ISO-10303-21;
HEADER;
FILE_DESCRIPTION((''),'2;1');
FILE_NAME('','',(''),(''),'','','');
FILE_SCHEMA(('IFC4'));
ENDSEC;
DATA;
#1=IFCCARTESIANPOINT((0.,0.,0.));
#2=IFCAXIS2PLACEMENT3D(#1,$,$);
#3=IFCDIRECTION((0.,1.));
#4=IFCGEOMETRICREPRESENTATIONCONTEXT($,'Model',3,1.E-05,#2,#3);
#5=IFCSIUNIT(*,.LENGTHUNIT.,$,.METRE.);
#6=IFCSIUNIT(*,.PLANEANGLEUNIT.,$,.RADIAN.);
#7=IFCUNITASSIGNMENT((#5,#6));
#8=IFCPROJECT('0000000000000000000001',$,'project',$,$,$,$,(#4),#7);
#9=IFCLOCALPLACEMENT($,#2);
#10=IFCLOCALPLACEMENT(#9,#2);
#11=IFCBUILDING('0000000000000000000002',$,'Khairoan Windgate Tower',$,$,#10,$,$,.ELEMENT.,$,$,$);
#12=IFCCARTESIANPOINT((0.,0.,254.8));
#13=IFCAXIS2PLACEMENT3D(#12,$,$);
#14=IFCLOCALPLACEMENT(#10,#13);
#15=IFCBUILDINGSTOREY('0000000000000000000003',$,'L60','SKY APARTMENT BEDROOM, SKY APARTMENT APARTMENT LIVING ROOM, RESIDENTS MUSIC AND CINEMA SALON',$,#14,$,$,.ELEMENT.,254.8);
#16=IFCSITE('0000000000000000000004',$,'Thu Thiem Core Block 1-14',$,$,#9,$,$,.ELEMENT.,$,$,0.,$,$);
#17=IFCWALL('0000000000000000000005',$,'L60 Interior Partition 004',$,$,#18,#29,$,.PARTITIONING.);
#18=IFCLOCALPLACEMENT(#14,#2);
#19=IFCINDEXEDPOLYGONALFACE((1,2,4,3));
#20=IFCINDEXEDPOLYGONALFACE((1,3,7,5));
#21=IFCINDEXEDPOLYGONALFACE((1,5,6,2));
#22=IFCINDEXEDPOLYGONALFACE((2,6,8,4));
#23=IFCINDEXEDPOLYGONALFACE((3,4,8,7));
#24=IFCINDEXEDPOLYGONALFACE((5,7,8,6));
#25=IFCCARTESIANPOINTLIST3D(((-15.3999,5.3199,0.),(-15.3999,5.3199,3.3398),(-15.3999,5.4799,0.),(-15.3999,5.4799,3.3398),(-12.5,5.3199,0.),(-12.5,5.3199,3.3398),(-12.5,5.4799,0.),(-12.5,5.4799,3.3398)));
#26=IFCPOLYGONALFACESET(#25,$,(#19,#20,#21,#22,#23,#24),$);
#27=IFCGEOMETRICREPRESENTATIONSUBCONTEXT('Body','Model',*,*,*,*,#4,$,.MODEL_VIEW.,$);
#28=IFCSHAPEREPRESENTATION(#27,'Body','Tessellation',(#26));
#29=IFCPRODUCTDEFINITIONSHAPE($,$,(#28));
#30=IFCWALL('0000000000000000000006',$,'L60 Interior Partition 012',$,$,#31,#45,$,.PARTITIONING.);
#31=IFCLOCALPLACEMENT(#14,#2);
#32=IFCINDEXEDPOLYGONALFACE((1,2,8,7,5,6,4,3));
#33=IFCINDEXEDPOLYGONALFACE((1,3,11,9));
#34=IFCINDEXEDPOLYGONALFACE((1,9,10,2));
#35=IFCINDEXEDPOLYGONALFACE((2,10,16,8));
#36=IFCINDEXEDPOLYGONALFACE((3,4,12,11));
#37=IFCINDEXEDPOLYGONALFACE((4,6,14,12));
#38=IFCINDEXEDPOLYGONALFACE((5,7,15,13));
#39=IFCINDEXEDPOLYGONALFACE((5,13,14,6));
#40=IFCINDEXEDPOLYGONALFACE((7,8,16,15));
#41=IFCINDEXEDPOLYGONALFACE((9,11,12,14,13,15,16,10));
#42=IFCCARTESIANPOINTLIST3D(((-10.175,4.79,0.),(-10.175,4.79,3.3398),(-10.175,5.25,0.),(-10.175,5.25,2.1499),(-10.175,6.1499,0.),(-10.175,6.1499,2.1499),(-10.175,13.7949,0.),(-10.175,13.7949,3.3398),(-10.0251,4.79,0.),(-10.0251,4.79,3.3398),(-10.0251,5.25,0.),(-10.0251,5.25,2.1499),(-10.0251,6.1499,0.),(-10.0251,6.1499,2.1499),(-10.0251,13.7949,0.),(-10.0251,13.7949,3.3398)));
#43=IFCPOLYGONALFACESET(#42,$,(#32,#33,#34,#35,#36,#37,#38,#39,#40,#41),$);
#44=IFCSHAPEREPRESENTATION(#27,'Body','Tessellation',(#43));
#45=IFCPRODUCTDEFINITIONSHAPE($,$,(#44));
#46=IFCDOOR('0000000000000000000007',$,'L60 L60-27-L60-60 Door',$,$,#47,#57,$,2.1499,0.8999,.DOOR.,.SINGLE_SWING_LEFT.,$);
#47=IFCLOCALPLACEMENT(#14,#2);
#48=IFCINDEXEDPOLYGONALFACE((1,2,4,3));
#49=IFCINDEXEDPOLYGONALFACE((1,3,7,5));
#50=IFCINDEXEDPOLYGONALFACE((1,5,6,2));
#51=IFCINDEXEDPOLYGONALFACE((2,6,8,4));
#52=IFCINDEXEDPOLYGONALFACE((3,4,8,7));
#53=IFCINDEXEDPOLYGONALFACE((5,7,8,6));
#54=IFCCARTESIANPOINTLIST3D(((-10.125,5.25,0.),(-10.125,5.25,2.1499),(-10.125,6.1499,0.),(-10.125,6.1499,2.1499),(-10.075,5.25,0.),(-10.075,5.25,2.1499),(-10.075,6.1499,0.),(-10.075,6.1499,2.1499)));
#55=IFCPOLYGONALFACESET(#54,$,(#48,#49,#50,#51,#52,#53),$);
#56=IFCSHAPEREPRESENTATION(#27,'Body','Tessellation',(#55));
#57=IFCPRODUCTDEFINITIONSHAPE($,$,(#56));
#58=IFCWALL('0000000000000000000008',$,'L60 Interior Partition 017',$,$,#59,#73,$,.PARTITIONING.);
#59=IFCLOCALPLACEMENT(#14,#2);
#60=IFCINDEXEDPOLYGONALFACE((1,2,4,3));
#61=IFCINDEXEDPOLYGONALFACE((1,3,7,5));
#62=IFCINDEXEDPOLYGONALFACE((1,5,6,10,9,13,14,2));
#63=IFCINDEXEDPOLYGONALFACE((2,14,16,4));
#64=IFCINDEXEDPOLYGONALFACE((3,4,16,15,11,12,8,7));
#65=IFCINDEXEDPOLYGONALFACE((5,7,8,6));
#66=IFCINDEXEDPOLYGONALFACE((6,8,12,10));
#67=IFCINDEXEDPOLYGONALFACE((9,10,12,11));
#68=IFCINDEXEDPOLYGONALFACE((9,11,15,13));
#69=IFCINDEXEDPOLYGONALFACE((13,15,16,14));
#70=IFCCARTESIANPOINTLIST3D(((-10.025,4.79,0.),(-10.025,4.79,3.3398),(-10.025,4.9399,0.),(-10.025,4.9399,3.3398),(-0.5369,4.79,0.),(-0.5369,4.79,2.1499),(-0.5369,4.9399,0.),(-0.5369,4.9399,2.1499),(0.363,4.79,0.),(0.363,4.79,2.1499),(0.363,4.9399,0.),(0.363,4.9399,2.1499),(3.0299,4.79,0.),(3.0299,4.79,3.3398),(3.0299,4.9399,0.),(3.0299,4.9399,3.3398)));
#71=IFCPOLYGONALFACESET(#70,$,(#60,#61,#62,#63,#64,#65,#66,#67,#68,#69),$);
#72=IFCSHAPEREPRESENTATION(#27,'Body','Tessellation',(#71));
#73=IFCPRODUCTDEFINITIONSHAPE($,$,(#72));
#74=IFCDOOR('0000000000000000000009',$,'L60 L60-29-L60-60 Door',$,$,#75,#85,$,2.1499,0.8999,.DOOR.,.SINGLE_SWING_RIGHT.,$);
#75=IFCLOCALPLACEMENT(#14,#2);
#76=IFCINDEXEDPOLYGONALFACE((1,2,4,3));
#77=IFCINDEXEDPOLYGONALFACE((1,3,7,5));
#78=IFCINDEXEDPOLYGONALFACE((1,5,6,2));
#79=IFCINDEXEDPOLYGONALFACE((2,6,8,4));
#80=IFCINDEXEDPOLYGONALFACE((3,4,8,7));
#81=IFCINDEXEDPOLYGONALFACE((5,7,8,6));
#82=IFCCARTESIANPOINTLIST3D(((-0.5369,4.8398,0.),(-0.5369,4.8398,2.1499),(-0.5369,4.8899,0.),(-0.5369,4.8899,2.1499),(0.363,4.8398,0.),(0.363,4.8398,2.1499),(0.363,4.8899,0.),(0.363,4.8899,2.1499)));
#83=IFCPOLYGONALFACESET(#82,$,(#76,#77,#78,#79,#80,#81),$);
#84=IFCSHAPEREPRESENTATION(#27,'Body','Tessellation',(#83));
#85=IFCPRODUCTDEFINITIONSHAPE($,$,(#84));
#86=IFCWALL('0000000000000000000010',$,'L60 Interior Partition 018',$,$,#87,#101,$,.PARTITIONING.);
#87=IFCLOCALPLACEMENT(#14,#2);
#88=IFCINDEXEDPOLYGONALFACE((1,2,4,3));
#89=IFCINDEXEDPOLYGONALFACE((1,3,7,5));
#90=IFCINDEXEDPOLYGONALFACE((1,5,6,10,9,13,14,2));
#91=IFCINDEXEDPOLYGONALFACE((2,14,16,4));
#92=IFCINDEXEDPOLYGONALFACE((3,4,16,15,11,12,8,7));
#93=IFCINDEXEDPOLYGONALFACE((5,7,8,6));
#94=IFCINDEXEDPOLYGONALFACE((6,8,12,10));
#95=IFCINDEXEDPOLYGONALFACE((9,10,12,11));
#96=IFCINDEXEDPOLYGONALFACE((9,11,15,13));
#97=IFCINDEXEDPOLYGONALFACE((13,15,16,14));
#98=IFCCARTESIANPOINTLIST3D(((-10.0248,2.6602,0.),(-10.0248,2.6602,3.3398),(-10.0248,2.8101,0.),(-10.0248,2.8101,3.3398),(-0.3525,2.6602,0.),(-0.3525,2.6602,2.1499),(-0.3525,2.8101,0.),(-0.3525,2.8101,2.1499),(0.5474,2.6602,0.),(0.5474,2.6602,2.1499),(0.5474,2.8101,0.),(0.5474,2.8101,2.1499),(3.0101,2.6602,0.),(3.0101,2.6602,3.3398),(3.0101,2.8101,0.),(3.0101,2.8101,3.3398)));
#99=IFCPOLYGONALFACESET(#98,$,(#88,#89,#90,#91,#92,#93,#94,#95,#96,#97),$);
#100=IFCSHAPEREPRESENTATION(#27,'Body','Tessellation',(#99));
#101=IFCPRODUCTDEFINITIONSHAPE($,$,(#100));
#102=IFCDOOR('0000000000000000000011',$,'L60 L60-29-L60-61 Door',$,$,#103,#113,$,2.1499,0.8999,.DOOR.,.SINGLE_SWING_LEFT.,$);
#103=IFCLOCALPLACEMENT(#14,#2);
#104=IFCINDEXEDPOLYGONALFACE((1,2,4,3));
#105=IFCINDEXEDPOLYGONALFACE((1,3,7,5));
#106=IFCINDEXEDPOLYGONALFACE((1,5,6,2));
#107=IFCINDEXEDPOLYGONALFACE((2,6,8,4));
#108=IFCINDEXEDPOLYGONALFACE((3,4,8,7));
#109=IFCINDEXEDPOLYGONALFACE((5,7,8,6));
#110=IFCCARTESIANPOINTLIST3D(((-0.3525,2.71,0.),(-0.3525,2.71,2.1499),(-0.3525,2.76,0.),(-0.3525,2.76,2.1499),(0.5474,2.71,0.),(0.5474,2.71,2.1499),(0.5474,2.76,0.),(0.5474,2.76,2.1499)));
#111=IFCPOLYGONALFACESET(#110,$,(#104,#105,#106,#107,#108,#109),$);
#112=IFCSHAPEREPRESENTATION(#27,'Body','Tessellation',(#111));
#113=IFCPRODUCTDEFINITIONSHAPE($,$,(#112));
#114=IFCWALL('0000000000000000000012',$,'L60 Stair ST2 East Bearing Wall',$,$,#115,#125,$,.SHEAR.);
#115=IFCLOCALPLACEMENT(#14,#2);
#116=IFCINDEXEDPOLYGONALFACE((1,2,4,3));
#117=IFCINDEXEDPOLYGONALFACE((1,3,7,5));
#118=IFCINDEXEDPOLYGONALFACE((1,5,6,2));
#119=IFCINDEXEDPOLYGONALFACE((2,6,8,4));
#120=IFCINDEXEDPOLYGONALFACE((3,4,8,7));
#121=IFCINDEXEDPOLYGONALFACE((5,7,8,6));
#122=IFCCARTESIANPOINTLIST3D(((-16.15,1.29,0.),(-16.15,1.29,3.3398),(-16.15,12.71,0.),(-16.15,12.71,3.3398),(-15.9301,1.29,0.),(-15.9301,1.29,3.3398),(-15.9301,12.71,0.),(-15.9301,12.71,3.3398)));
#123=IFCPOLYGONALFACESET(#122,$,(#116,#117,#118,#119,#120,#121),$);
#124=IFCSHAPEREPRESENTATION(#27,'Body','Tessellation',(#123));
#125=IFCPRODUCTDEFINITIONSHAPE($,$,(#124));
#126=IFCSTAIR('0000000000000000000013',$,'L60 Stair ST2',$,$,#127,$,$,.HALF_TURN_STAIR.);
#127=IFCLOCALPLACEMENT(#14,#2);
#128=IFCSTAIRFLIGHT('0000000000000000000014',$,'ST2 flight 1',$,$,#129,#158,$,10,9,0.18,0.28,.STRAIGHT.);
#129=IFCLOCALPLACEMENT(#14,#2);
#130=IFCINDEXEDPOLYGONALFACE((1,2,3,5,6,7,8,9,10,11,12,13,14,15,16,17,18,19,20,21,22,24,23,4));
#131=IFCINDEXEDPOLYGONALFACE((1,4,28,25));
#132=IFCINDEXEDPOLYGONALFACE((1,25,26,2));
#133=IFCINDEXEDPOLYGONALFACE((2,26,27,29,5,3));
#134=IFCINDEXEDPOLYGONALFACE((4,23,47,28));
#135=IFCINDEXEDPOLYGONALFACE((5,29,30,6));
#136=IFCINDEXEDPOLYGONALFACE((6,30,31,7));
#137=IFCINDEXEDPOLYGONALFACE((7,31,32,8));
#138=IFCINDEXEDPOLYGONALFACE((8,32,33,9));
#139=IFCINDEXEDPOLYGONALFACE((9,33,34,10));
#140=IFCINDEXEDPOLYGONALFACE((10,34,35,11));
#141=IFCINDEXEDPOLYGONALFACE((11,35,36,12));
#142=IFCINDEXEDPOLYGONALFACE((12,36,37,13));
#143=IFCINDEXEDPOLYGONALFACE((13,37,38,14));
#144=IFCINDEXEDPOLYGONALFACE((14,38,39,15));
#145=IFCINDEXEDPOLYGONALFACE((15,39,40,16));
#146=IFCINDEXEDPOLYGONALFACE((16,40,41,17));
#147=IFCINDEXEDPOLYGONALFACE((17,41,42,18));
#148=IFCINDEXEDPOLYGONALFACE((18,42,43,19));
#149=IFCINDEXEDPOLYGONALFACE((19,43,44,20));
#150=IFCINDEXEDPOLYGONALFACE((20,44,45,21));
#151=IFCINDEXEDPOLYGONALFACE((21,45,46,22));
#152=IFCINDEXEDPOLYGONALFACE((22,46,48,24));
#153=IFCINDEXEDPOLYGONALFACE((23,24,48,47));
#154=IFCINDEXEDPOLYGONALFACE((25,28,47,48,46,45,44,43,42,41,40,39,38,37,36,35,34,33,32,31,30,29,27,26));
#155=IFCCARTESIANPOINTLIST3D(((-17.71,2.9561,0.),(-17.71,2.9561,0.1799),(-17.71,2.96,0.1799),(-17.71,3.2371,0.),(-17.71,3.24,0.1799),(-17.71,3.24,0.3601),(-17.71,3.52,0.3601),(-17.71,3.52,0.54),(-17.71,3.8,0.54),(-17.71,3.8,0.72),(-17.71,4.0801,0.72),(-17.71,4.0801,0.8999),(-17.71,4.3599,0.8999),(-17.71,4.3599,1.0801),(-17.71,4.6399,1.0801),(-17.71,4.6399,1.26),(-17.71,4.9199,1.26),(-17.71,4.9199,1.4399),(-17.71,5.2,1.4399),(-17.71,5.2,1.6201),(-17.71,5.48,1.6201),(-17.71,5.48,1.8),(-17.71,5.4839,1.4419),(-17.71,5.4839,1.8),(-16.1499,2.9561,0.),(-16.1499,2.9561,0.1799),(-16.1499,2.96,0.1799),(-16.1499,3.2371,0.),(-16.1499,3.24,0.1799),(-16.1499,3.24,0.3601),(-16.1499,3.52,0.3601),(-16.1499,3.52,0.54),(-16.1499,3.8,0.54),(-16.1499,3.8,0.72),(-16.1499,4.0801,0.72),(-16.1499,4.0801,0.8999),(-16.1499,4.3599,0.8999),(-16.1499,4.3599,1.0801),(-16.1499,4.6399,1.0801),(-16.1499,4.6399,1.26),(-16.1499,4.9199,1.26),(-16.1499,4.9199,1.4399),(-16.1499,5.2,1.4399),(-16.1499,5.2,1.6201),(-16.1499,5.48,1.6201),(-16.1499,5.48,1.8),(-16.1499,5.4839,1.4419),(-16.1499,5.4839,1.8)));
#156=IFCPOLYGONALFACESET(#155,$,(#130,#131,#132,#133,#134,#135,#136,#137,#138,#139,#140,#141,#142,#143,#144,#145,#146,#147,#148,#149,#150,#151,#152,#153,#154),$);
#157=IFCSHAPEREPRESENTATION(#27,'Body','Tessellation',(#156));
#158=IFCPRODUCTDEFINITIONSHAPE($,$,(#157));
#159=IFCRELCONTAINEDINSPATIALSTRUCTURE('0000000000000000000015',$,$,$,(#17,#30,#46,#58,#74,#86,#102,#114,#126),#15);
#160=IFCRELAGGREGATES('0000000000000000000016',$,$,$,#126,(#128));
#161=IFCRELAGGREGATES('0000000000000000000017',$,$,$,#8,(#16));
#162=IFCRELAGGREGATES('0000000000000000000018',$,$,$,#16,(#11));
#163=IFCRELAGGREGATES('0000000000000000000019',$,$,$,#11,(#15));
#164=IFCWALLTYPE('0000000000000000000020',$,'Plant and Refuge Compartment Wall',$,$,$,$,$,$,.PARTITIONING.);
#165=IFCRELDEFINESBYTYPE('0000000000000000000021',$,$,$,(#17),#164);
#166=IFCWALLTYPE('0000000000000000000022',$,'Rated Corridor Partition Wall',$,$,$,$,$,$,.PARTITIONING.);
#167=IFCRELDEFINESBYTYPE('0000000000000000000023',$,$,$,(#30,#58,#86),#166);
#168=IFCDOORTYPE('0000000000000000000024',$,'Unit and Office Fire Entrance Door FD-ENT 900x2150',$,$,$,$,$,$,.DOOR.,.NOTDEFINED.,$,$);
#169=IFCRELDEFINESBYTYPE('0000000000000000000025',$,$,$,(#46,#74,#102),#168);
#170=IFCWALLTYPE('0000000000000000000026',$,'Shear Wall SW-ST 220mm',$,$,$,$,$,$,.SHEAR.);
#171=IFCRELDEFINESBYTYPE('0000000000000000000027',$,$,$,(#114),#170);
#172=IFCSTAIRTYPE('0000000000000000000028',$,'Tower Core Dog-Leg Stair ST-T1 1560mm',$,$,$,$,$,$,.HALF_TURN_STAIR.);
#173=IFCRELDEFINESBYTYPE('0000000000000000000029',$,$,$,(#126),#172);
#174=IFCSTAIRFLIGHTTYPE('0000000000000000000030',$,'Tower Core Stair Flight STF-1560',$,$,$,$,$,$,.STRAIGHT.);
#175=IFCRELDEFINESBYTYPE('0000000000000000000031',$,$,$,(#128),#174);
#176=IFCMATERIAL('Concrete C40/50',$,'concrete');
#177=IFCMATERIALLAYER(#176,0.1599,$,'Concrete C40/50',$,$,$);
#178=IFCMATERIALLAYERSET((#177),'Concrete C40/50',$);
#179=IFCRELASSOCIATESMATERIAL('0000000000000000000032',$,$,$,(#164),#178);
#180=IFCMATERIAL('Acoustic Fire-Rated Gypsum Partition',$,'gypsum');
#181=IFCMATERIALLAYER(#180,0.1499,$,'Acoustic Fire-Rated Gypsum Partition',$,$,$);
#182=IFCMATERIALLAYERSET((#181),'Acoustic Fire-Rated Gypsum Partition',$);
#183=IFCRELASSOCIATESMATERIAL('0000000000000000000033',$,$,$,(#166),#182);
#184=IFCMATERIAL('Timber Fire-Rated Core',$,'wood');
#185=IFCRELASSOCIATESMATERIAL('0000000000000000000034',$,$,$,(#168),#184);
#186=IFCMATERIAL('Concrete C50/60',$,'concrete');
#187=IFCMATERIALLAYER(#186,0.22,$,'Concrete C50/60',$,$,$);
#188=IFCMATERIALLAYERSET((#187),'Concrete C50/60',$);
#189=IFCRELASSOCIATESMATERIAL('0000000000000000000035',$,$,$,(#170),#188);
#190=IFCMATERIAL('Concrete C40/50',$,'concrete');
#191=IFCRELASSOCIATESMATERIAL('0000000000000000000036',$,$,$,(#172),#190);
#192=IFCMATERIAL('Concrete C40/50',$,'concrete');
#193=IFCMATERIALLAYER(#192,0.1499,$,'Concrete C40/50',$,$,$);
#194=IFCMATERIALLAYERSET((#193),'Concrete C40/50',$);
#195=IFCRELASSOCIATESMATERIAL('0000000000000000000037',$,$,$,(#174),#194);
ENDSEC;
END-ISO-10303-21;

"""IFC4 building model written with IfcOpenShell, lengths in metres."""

from ifc_helpers import new_model, si_unit, direction, frame, frame_2d, origin, place, context, subcontext, project, spatial, polyline, rectangle, outline, extrude, material, layer, layer_set, type_object, element, fill, aggregate, save


model = new_model("IFC4")

# Units and contexts
model_context = context("Model", 3, precision=1e-05, world=origin(), true_north=direction((0.0, 1.0)))
body_context = subcontext(model_context, "Body", "Model", "MODEL_VIEW")
ifc_project = project(units=[si_unit("LENGTHUNIT", "METRE"), si_unit("PLANEANGLEUNIT", "RADIAN")], contexts=[model_context])

# Site, building, storey
site_placement = place(None, origin())
site = spatial("IfcSite", under=ifc_project, at=site_placement, Name="Thu Thiem Core Block 1-14", CompositionType="ELEMENT", RefElevation=0.0)
building_placement = place(site_placement, origin())
building = spatial("IfcBuilding", under=site, at=building_placement, Name="Khairoan Windgate Tower", CompositionType="ELEMENT")
storey_placement = place(building_placement, frame((0.0, 0.0, 254.8)))
storey = spatial("IfcBuildingStorey", under=building, at=storey_placement, Name="L60", Description="SKY APARTMENT BEDROOM, SKY APARTMENT APARTMENT LIVING ROOM, RESIDENTS MUSIC AND CINEMA SALON", CompositionType="ELEMENT", Elevation=254.8)

# Wall
ifc_material_1 = material(Name="Concrete C40/50", Category="concrete")
ifc_layer_1 = layer(ifc_material_1, 0.1599, Name="Concrete C40/50")
ifc_layer_set_1 = layer_set([ifc_layer_1], Name="Concrete C40/50")
wall_type_1 = type_object("IfcWallType", Name="Plant and Refuge Compartment Wall", PredefinedType="PARTITIONING", material=ifc_layer_set_1)
wall_1_placement = place(storey_placement, frame((-15.3999, 5.3999, 0.0), z_axis=(0.0, 0.0, 1.0), x_axis=(1.0, 0.0, 0.0)))
element("IfcWall", 1, at=wall_1_placement, inside=storey, type_object=wall_type_1, Name="L60 Interior Partition 004", PredefinedType="PARTITIONING", context=body_context, shape_type="SweptSolid", body=[
    extrude(rectangle(XDim=2.8999, YDim=0.1599, at=frame_2d((1.45, 0.0))), origin(), (0.0, 0.0, 1.0), 3.3398),
])

# Walls, openings, doors
ifc_material_2 = material(Name="Acoustic Fire-Rated Gypsum Partition", Category="gypsum")
ifc_layer_2 = layer(ifc_material_2, 0.1499, Name="Acoustic Fire-Rated Gypsum Partition")
ifc_layer_set_2 = layer_set([ifc_layer_2], Name="Acoustic Fire-Rated Gypsum Partition")
wall_type_2 = type_object("IfcWallType", Name="Rated Corridor Partition Wall", PredefinedType="PARTITIONING", material=ifc_layer_set_2)
wall_2_placement = place(storey_placement, frame((-10.1001, 4.79, 0.0), z_axis=(0.0, 0.0, 1.0), x_axis=(0.0, 1.0, 0.0)))
wall_2 = element("IfcWall", 2, at=wall_2_placement, inside=storey, type_object=wall_type_2, Name="L60 Interior Partition 012", PredefinedType="PARTITIONING", context=body_context, shape_type="SweptSolid", body=[
    extrude(rectangle(XDim=9.0049, YDim=0.1499, at=frame_2d((4.5024, 0.0))), origin(), (0.0, 0.0, 1.0), 3.3398),
])
opening_1_placement = place(wall_2_placement, frame((0.46, 0.0, 0.0)))
opening_1 = element("IfcOpeningElement", 3, at=opening_1_placement, cuts=wall_2, PredefinedType="OPENING", context=body_context, shape_type="SweptSolid", body=[
    extrude(rectangle(XDim=0.8999, YDim=2.1499, at=frame_2d((0.45, 1.075))), frame((0.0, 0.085, 0.0), z_axis=(0.0, -1.0, 0.0), x_axis=(1.0, 0.0, 0.0)), (0.0, 0.0, 1.0), 0.1699),
])
ifc_material_3 = material(Name="Timber Fire-Rated Core", Category="wood")
door_type = type_object("IfcDoorType", Name="Unit and Office Fire Entrance Door FD-ENT 900x2150", OperationType="NOTDEFINED", PredefinedType="DOOR", material=ifc_material_3)
door_1_placement = place(opening_1_placement, origin())
door_1 = element("IfcDoor", 4, at=door_1_placement, inside=storey, type_object=door_type, Name="L60 L60-27-L60-60 Door", OperationType="SINGLE_SWING_LEFT", OverallHeight=2.1499, OverallWidth=0.8999, PredefinedType="DOOR", context=body_context, shape_type="SweptSolid", body=[
    extrude(rectangle(XDim=0.8999, YDim=2.1499, at=frame_2d((0.45, 1.075))), frame((0.0, 0.0249, 0.0), z_axis=(0.0, -1.0, 0.0), x_axis=(1.0, 0.0, 0.0)), (0.0, 0.0, 1.0), 0.05),
])
fill(opening_1, door_1)
wall_3_placement = place(storey_placement, frame((-10.0249, 4.865, 0.0), z_axis=(0.0, 0.0, 1.0), x_axis=(1.0, 0.0, 0.0)))
wall_3 = element("IfcWall", 5, at=wall_3_placement, inside=storey, type_object=wall_type_2, Name="L60 Interior Partition 017", PredefinedType="PARTITIONING", context=body_context, shape_type="SweptSolid", body=[
    extrude(rectangle(XDim=13.0549, YDim=0.1499, at=frame_2d((6.5273, 0.0))), origin(), (0.0, 0.0, 1.0), 3.3398),
])
opening_2_placement = place(wall_3_placement, frame((9.488, 0.0, 0.0)))
opening_2 = element("IfcOpeningElement", 6, at=opening_2_placement, cuts=wall_3, PredefinedType="OPENING", context=body_context, shape_type="SweptSolid", body=[
    extrude(rectangle(XDim=0.8999, YDim=2.1499, at=frame_2d((0.45, 1.075))), frame((0.0, 0.085, 0.0), z_axis=(0.0, -1.0, 0.0), x_axis=(1.0, 0.0, 0.0)), (0.0, 0.0, 1.0), 0.1699),
])
door_2_placement = place(opening_2_placement, origin())
door_2 = element("IfcDoor", 7, at=door_2_placement, inside=storey, type_object=door_type, Name="L60 L60-29-L60-60 Door", OperationType="SINGLE_SWING_RIGHT", OverallHeight=2.1499, OverallWidth=0.8999, PredefinedType="DOOR", context=body_context, shape_type="SweptSolid", body=[
    extrude(rectangle(XDim=0.8999, YDim=2.1499, at=frame_2d((0.45, 1.075))), frame((0.0, 0.0249, 0.0), z_axis=(0.0, -1.0, 0.0), x_axis=(1.0, 0.0, 0.0)), (0.0, 0.0, 1.0), 0.05),
])
fill(opening_2, door_2)
wall_4_placement = place(storey_placement, frame((-10.0249, 2.7351, 0.0), z_axis=(0.0, 0.0, 1.0), x_axis=(1.0, 0.0, 0.0)))
wall_4 = element("IfcWall", 8, at=wall_4_placement, inside=storey, type_object=wall_type_2, Name="L60 Interior Partition 018", PredefinedType="PARTITIONING", context=body_context, shape_type="SweptSolid", body=[
    extrude(rectangle(XDim=13.0349, YDim=0.1499, at=frame_2d((6.5176, 0.0))), origin(), (0.0, 0.0, 1.0), 3.3398),
])
opening_3_placement = place(wall_4_placement, frame((9.6724, 0.0, 0.0)))
opening_3 = element("IfcOpeningElement", 9, at=opening_3_placement, cuts=wall_4, PredefinedType="OPENING", context=body_context, shape_type="SweptSolid", body=[
    extrude(rectangle(XDim=0.8999, YDim=2.1499, at=frame_2d((0.45, 1.075))), frame((0.0, 0.085, 0.0), z_axis=(0.0, -1.0, 0.0), x_axis=(1.0, 0.0, 0.0)), (0.0, 0.0, 1.0), 0.1699),
])
door_3_placement = place(opening_3_placement, origin())
door_3 = element("IfcDoor", 10, at=door_3_placement, inside=storey, type_object=door_type, Name="L60 L60-29-L60-61 Door", OperationType="SINGLE_SWING_LEFT", OverallHeight=2.1499, OverallWidth=0.8999, PredefinedType="DOOR", context=body_context, shape_type="SweptSolid", body=[
    extrude(rectangle(XDim=0.8999, YDim=2.1499, at=frame_2d((0.45, 1.075))), frame((0.0, 0.0249, 0.0), z_axis=(0.0, -1.0, 0.0), x_axis=(1.0, 0.0, 0.0)), (0.0, 0.0, 1.0), 0.05),
])
fill(opening_3, door_3)

# Wall
ifc_material_4 = material(Name="Concrete C50/60", Category="concrete")
ifc_layer_3 = layer(ifc_material_4, 0.22, Name="Concrete C50/60")
ifc_layer_set_3 = layer_set([ifc_layer_3], Name="Concrete C50/60")
wall_type_3 = type_object("IfcWallType", Name="Shear Wall SW-ST 220mm", PredefinedType="SHEAR", material=ifc_layer_set_3)
wall_5_placement = place(storey_placement, frame((-16.04, 1.29, 0.0), z_axis=(0.0, 0.0, 1.0), x_axis=(0.0, 1.0, 0.0)))
element("IfcWall", 11, at=wall_5_placement, inside=storey, type_object=wall_type_3, Name="L60 Stair ST2 East Bearing Wall", PredefinedType="SHEAR", context=body_context, shape_type="SweptSolid", body=[
    extrude(rectangle(XDim=11.4199, YDim=0.22, at=frame_2d((5.71, 0.0))), origin(), (0.0, 0.0, 1.0), 3.3398),
])

# Stair, stair flight
ifc_material_5 = material(Name="Concrete C40/50", Category="concrete")
stair_type = type_object("IfcStairType", Name="Tower Core Dog-Leg Stair ST-T1 1560mm", PredefinedType="HALF_TURN_STAIR", material=ifc_material_5)
stair_placement = place(storey_placement, origin())
stair = element("IfcStair", 12, at=stair_placement, inside=storey, type_object=stair_type, Name="L60 Stair ST2", PredefinedType="HALF_TURN_STAIR")
ifc_material_6 = material(Name="Concrete C40/50", Category="concrete")
ifc_layer_4 = layer(ifc_material_6, 0.1499, Name="Concrete C40/50")
ifc_layer_set_4 = layer_set([ifc_layer_4], Name="Concrete C40/50")
stair_flight_type = type_object("IfcStairFlightType", Name="Tower Core Stair Flight STF-1560", PredefinedType="STRAIGHT", material=ifc_layer_set_4)
stair_flight_placement = place(storey_placement, frame((-16.9299, 2.96, 0.0), z_axis=(0.0, 0.0, 1.0), x_axis=(0.0, 1.0, 0.0)))
stair_flight = element("IfcStairFlight", 13, at=stair_flight_placement, type_object=stair_flight_type, Name="ST2 flight 1", NumberOfRisers=10, NumberOfTreads=9, PredefinedType="STRAIGHT", RiserHeight=0.18, TreadLength=0.28, context=body_context, shape_type="SweptSolid", body=[
    extrude(outline(polyline([(-0.0039, 0.0), (-0.0039, 0.1799), (0.0, 0.1799), (0.28, 0.1799), (0.28, 0.3601), (0.5601, 0.3601), (0.5601, 0.54), (0.8401, 0.54), (0.8401, 0.72), (1.1201, 0.72), (1.1201, 0.8999), (1.3999, 0.8999), (1.3999, 1.0801), (1.6799, 1.0801), (1.6799, 1.26), (1.96, 1.26), (1.96, 1.4399), (2.24, 1.4399), (2.24, 1.6201), (2.52, 1.6201), (2.52, 1.8), (2.5239, 1.8), (2.5239, 1.4419), (0.2771, 0.0), (-0.0039, 0.0)])), frame((0.0, 0.78, 0.0), z_axis=(0.0, -1.0, 0.0), x_axis=(1.0, 0.0, 0.0)), (0.0, 0.0, 1.0), 1.5601),
])
aggregate(stair, [stair_flight])

save(model, "model.ifc")
